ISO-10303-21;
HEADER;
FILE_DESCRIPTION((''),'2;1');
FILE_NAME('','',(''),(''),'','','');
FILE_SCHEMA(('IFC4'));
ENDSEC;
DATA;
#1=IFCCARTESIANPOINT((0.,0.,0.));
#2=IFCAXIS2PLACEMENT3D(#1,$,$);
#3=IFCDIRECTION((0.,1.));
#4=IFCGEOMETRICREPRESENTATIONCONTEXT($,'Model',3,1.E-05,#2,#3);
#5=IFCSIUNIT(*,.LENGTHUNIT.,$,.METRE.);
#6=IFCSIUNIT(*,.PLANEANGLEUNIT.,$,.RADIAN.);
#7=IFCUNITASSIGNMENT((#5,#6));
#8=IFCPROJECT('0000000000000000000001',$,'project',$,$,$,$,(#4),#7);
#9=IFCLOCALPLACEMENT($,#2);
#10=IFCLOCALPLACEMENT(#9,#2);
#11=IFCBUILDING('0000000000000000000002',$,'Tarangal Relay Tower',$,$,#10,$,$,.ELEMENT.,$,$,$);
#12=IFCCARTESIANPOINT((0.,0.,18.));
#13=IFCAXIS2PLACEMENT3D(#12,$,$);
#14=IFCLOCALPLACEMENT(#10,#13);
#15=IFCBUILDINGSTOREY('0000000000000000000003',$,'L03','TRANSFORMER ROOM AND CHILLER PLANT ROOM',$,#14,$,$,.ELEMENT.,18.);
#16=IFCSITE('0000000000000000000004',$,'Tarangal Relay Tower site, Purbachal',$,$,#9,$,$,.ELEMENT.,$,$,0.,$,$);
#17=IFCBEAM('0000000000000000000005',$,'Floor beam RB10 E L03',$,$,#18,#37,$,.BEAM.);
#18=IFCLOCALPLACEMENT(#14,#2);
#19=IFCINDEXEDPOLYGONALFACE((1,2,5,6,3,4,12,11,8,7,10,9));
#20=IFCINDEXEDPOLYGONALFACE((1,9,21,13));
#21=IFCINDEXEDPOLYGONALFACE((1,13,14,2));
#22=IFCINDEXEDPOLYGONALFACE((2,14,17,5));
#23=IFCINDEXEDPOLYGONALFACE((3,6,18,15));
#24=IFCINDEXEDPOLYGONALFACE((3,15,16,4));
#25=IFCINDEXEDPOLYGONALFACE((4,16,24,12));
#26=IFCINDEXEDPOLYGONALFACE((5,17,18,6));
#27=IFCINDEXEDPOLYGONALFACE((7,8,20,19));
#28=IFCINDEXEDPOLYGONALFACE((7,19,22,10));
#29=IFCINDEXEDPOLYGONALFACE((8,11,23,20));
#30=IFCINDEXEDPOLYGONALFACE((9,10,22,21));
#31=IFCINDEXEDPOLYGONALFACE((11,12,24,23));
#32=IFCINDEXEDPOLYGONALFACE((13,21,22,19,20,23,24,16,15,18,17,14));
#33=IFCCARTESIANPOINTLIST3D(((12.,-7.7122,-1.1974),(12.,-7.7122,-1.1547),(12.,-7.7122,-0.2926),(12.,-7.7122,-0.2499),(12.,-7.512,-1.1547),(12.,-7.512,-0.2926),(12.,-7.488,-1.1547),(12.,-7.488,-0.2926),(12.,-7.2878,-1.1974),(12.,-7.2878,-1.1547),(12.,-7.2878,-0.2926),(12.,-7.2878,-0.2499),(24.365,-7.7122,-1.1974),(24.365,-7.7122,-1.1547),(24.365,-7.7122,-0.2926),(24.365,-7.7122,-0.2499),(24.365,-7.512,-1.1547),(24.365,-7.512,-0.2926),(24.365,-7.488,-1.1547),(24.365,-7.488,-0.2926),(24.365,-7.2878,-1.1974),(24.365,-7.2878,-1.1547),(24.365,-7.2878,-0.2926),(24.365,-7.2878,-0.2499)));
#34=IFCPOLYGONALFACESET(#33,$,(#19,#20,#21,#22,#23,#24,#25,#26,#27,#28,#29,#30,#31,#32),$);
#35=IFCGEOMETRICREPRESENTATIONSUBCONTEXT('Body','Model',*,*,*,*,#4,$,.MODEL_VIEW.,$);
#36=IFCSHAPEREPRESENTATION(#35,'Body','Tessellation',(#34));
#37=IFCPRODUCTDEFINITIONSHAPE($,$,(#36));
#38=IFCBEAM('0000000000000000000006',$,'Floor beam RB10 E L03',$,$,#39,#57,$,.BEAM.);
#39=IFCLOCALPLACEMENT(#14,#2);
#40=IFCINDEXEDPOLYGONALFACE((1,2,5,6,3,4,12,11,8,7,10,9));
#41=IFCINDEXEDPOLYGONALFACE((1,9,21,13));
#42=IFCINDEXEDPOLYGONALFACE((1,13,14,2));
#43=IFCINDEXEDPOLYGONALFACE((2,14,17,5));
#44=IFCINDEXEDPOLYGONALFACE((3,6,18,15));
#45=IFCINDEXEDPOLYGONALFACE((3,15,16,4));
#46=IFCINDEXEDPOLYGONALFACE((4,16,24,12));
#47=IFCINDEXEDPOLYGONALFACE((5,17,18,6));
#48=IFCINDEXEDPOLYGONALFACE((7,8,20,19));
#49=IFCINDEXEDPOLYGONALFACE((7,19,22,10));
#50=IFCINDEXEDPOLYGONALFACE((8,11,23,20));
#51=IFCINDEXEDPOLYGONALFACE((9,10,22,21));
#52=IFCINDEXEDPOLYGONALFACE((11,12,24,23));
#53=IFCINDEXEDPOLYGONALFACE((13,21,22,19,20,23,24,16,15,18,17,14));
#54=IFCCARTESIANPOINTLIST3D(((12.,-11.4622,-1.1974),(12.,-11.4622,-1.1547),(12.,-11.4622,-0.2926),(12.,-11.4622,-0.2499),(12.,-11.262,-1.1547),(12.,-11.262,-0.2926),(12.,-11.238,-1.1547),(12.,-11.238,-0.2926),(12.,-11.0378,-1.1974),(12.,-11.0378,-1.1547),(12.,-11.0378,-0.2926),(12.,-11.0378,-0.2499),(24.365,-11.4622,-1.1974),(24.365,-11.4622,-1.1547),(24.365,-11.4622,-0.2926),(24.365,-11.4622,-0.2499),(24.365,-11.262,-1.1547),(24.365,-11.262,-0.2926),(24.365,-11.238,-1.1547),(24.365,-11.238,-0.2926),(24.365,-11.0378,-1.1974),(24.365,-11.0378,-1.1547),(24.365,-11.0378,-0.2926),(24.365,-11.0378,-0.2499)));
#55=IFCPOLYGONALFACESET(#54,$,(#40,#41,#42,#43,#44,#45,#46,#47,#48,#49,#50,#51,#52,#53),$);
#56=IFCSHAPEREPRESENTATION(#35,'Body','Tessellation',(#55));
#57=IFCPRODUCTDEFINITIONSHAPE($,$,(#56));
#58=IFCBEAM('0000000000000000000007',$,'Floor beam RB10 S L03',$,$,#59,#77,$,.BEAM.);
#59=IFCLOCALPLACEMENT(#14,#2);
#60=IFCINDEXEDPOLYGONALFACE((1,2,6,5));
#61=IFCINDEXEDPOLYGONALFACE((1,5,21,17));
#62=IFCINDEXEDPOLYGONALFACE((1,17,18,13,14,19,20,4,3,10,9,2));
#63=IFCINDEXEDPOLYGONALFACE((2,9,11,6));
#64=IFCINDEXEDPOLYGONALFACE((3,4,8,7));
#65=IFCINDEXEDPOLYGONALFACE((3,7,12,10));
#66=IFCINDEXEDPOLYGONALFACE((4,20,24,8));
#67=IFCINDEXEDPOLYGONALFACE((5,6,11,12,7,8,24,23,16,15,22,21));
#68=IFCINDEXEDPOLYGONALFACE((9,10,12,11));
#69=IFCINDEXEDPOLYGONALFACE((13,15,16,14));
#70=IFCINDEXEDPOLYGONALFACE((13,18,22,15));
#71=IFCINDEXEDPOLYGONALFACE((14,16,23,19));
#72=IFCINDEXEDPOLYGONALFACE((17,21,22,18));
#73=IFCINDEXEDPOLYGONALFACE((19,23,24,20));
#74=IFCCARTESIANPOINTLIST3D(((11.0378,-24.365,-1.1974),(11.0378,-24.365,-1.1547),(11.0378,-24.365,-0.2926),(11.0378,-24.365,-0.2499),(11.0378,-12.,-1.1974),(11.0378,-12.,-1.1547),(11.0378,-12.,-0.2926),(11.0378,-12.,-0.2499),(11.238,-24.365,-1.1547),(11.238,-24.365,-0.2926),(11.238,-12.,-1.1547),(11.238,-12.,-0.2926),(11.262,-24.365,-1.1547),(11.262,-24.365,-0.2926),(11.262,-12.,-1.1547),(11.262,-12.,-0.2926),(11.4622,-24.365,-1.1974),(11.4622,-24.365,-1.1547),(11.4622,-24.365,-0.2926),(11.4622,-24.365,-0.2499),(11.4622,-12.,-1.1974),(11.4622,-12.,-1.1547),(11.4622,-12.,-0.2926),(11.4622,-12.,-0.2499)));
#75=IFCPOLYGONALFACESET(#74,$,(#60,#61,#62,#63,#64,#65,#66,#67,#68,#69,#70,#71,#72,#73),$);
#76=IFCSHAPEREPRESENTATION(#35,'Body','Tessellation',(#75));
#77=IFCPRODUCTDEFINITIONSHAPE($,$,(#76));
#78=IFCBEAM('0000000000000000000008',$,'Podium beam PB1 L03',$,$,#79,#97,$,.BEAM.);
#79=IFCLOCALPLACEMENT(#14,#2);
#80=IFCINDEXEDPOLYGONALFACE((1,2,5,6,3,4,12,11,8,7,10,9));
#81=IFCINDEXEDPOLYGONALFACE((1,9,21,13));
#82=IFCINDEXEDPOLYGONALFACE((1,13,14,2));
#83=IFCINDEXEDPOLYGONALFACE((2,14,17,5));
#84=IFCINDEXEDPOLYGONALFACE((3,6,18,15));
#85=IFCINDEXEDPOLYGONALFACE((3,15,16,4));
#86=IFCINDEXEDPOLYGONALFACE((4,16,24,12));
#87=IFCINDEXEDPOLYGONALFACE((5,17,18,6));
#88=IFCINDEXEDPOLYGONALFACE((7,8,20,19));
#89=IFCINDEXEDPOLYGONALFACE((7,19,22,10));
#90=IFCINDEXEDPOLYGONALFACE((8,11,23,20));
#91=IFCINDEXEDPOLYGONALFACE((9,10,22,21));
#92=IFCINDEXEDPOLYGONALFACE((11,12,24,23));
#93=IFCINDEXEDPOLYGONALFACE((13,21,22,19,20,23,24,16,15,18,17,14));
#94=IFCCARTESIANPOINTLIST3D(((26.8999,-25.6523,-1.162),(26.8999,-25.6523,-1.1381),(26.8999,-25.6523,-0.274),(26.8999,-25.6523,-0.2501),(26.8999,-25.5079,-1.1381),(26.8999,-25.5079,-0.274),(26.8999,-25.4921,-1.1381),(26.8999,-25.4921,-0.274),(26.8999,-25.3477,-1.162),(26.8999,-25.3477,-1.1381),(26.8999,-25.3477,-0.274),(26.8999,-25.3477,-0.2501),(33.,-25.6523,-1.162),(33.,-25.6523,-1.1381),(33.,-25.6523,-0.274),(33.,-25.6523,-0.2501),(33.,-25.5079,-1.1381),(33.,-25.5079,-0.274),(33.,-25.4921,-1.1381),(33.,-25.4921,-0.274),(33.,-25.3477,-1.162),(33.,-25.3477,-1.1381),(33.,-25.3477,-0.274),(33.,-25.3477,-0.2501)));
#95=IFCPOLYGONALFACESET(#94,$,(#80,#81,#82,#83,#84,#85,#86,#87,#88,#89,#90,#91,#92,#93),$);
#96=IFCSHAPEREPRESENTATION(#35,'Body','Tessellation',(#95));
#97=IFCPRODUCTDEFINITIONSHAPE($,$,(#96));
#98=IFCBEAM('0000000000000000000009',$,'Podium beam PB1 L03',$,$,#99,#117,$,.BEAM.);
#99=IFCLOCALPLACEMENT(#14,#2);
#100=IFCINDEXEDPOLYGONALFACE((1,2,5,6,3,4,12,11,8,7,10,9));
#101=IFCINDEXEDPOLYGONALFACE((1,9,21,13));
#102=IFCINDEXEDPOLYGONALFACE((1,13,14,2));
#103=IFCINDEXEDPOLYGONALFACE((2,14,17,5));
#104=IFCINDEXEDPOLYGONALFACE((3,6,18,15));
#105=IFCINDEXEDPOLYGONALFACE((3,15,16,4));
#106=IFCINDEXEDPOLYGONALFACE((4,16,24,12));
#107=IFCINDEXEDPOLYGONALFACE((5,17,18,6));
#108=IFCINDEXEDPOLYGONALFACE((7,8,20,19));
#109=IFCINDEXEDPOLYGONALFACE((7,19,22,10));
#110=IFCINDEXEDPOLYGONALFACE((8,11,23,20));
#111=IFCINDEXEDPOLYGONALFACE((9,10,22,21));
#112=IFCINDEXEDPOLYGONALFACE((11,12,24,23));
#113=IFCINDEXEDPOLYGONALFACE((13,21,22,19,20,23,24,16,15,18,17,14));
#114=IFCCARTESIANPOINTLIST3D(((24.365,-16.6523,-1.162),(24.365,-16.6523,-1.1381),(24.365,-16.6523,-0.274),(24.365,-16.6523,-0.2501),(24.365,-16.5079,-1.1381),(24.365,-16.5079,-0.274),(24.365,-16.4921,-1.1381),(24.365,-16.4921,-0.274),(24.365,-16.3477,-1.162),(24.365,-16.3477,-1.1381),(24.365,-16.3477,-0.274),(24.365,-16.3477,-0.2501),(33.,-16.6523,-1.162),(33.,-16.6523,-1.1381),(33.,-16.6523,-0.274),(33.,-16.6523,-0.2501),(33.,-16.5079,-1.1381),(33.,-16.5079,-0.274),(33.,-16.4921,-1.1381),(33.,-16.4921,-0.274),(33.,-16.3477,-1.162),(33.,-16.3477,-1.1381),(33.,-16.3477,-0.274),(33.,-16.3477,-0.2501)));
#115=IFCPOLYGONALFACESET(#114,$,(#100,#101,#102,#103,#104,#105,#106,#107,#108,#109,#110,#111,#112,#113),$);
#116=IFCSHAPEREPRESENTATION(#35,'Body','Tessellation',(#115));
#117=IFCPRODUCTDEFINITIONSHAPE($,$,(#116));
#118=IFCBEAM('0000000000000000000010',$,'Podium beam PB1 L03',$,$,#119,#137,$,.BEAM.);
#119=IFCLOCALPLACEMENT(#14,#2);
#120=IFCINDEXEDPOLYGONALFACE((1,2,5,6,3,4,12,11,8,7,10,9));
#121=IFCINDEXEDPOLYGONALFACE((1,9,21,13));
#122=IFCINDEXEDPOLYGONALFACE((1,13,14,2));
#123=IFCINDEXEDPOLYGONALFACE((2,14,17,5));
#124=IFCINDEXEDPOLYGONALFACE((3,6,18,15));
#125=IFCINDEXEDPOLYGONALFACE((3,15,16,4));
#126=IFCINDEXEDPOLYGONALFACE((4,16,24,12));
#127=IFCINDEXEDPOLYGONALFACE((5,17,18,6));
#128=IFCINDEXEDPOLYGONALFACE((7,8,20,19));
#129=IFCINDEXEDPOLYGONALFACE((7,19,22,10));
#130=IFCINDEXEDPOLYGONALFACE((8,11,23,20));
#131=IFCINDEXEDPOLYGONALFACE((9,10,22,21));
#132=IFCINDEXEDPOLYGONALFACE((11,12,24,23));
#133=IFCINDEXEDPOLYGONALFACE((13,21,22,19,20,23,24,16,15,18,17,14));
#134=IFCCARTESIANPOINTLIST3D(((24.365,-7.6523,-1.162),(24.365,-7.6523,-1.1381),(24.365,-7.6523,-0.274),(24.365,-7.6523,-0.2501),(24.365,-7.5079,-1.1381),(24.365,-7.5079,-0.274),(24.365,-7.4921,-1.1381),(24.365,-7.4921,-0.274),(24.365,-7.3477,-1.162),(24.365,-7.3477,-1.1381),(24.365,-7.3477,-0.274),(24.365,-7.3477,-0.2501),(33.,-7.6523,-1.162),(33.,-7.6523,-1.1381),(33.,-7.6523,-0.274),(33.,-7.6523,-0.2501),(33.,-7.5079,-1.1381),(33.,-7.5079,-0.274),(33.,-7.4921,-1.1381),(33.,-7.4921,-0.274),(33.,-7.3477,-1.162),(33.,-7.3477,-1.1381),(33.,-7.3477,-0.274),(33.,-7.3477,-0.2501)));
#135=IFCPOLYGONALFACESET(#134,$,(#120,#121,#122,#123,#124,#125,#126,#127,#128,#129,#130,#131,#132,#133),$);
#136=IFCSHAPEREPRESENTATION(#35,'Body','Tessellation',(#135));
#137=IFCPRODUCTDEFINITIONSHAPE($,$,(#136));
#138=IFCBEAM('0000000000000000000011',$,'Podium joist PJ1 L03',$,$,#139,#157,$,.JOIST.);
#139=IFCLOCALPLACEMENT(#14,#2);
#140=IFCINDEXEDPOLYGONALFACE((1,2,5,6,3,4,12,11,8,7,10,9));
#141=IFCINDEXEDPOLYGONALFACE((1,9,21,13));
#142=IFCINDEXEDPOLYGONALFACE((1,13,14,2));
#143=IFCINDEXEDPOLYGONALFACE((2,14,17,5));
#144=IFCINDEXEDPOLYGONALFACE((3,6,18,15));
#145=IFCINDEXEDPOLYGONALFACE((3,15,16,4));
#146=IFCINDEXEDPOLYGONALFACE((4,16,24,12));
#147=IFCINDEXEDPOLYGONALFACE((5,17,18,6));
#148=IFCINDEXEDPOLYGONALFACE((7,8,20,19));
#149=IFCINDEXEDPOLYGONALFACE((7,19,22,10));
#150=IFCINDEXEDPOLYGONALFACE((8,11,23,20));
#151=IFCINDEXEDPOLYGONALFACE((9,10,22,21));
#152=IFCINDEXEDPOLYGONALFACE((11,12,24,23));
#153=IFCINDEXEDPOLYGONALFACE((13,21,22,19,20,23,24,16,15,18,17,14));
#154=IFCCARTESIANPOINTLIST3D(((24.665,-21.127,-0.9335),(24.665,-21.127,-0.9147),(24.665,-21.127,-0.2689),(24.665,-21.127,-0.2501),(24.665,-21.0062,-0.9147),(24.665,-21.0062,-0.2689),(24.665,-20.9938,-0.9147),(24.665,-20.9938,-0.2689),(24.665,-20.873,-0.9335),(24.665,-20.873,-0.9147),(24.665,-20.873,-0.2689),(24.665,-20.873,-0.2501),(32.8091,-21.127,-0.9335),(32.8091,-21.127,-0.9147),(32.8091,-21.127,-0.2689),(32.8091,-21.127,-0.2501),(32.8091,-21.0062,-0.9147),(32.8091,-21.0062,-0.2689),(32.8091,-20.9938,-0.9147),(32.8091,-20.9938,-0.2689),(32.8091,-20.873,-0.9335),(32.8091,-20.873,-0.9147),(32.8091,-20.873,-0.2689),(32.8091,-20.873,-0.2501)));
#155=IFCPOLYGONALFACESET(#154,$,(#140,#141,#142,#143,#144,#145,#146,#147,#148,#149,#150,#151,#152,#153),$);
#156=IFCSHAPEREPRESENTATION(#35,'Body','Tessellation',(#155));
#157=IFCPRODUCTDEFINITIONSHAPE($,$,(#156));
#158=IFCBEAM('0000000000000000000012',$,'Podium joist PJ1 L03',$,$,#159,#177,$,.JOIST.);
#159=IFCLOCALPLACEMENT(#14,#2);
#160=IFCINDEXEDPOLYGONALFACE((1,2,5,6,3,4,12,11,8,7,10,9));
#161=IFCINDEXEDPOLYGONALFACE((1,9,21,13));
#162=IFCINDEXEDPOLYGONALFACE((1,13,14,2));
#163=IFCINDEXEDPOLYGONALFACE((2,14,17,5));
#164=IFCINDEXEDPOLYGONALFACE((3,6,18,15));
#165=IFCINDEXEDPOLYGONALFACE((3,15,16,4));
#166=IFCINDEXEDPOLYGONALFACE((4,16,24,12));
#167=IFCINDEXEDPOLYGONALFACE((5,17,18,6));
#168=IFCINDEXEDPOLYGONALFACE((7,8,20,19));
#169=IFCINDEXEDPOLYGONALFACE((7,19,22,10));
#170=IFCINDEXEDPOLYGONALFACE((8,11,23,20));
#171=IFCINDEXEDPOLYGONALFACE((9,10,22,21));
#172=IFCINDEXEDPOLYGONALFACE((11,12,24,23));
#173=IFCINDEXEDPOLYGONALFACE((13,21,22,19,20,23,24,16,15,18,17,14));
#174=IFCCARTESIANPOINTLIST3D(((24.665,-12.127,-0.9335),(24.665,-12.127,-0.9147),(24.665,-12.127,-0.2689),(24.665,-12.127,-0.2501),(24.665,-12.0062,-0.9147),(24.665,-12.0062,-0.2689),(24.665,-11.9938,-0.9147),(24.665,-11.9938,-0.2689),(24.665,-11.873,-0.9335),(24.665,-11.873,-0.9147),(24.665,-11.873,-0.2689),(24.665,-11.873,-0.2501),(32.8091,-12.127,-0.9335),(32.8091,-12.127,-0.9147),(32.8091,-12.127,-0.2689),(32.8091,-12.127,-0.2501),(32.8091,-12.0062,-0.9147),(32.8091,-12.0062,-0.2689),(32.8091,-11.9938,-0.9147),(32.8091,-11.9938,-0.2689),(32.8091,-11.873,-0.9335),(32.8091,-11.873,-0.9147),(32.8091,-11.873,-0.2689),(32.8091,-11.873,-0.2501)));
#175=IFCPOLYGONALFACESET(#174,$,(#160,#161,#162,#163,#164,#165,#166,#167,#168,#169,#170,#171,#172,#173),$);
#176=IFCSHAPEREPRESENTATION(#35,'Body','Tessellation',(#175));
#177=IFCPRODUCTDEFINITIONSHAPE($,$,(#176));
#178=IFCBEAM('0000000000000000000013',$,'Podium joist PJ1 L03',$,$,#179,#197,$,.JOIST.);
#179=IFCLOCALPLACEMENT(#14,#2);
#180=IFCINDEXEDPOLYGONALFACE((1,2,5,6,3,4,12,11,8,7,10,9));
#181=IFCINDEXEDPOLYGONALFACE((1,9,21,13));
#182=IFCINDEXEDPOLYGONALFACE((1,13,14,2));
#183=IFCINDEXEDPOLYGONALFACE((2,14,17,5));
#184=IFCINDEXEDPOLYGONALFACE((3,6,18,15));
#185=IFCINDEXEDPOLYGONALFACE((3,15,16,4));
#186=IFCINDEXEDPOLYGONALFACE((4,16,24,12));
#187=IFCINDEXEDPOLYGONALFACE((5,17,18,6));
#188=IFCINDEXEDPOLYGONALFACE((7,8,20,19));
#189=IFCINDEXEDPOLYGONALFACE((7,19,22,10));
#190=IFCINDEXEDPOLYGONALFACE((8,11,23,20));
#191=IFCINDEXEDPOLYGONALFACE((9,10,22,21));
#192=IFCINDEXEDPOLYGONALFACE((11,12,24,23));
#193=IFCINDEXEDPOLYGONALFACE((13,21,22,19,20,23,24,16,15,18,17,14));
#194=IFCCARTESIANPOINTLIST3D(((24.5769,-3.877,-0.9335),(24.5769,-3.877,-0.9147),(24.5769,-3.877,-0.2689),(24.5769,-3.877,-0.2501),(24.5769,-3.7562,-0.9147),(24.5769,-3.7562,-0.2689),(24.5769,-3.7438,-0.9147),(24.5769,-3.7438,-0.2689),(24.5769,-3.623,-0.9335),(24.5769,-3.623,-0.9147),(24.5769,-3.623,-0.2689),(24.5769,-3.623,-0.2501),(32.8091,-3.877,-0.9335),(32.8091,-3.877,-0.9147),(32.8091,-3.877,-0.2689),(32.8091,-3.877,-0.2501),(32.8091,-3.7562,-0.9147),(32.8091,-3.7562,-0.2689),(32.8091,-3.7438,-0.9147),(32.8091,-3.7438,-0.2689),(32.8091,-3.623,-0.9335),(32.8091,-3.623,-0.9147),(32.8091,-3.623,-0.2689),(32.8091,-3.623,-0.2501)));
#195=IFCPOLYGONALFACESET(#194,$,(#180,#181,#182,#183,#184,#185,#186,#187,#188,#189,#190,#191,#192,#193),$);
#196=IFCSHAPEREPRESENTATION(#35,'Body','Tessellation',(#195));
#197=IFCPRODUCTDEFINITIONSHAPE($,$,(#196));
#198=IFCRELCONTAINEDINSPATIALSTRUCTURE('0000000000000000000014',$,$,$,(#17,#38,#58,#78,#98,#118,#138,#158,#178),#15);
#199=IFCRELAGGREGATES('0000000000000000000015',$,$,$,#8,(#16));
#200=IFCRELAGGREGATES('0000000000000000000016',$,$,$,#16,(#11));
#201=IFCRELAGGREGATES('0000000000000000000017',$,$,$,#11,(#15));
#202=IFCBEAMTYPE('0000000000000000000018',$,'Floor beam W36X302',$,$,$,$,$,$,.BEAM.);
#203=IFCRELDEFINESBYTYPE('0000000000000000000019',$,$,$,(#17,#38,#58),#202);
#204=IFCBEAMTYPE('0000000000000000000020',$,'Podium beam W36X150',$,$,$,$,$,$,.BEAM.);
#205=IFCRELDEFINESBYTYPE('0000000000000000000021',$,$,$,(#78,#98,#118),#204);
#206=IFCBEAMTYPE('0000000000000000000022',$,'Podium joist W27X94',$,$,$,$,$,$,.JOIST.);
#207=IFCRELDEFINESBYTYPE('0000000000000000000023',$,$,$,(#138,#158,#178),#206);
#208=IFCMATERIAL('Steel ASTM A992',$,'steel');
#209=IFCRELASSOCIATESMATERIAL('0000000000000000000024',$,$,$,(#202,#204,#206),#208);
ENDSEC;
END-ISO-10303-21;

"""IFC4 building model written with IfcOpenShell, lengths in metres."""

from ifc_helpers import new_model, si_unit, direction, frame, origin, origin_2d, place, context, subcontext, project, spatial, i_section, extrude, material, material_profile, profile_set, type_object, element, save


model = new_model("IFC4")

# Units and contexts
model_context = context("Model", 3, precision=1e-05, world=origin(), true_north=direction((0.0, 1.0)))
body_context = subcontext(model_context, "Body", "Model", "MODEL_VIEW")
ifc_project = project(units=[si_unit("LENGTHUNIT", "METRE"), si_unit("PLANEANGLEUNIT", "RADIAN")], contexts=[model_context])

# Site, building, storey
site_placement = place(None, origin())
site = spatial("IfcSite", under=ifc_project, at=site_placement, Name="Tarangal Relay Tower site, Purbachal", CompositionType="ELEMENT", RefElevation=0.0)
building_placement = place(site_placement, origin())
building = spatial("IfcBuilding", under=site, at=building_placement, Name="Tarangal Relay Tower", CompositionType="ELEMENT")
storey_placement = place(building_placement, frame((0.0, 0.0, 18.0)))
storey = spatial("IfcBuildingStorey", under=building, at=storey_placement, Name="L03", Description="TRANSFORMER ROOM AND CHILLER PLANT ROOM", CompositionType="ELEMENT", Elevation=18.0)

# Beams
ifc_material_1 = material(Name="Steel ASTM A992", Category="steel")
ifc_material_profile_1 = material_profile(ifc_material_1, i_section(OverallWidth=0.4243, OverallDepth=0.9475, WebThickness=0.0239, FlangeThickness=0.0427, at=origin_2d()), Name="W36X302")
ifc_profile_set_1 = profile_set([ifc_material_profile_1], Name="Steel ASTM A992")
beam_type_1 = type_object("IfcBeamType", Name="Floor beam W36X302", PredefinedType="BEAM", material=ifc_profile_set_1)
for number, where, z_axis, x_axis, name in (
    (1, (12.0, -7.5, -0.7236), (1.0, 0.0, 0.0), (0.0, 1.0, 0.0), "Floor beam RB10 E L03"),
    (2, (12.0, -11.25, -0.7236), (1.0, 0.0, 0.0), (0.0, 1.0, 0.0), "Floor beam RB10 E L03"),
    (3, (11.25, -12.0, -0.7236), (0.0, -1.0, 0.0), (1.0, 0.0, 0.0), "Floor beam RB10 S L03"),
):
    element("IfcBeam", number, at=place(storey_placement, frame(where, z_axis=z_axis, x_axis=x_axis)), inside=storey, type_object=beam_type_1, Name=name, PredefinedType="BEAM", context=body_context, shape_type="SweptSolid", body=[
        extrude(i_section(OverallWidth=0.4243, OverallDepth=0.9475, WebThickness=0.0239, FlangeThickness=0.0427, at=origin_2d()), origin(), (0.0, 0.0, 1.0), 12.365),
    ])
ifc_material_profile_2 = material_profile(ifc_material_1, i_section(OverallWidth=0.3047, OverallDepth=0.9119, WebThickness=0.0159, FlangeThickness=0.0239, at=origin_2d()), Name="W36X150")
ifc_profile_set_2 = profile_set([ifc_material_profile_2], Name="Steel ASTM A992")
beam_type_2 = type_object("IfcBeamType", Name="Podium beam W36X150", PredefinedType="BEAM", material=ifc_profile_set_2)
beam_1_placement = place(storey_placement, frame((26.8999, -25.5, -0.7061), z_axis=(1.0, 0.0, 0.0), x_axis=(0.0, 1.0, 0.0)))
element("IfcBeam", 4, at=beam_1_placement, inside=storey, type_object=beam_type_2, Name="Podium beam PB1 L03", PredefinedType="BEAM", context=body_context, shape_type="SweptSolid", body=[
    extrude(i_section(OverallWidth=0.3047, OverallDepth=0.9119, WebThickness=0.0159, FlangeThickness=0.0239, at=origin_2d()), origin(), (0.0, 0.0, 1.0), 6.1001),
])
for number, where, z_axis, x_axis, name in (
    (5, (24.365, -16.5, -0.7061), (1.0, 0.0, 0.0), (0.0, 1.0, 0.0), "Podium beam PB1 L03"),
    (6, (24.365, -7.5, -0.7061), (1.0, 0.0, 0.0), (0.0, 1.0, 0.0), "Podium beam PB1 L03"),
):
    element("IfcBeam", number, at=place(storey_placement, frame(where, z_axis=z_axis, x_axis=x_axis)), inside=storey, type_object=beam_type_2, Name=name, PredefinedType="BEAM", context=body_context, shape_type="SweptSolid", body=[
        extrude(i_section(OverallWidth=0.3047, OverallDepth=0.9119, WebThickness=0.0159, FlangeThickness=0.0239, at=origin_2d()), origin(), (0.0, 0.0, 1.0), 8.635),
    ])
ifc_material_profile_3 = material_profile(ifc_material_1, i_section(OverallWidth=0.2539, OverallDepth=0.6833, WebThickness=0.0125, FlangeThickness=0.0188, at=origin_2d()), Name="W27X94")
ifc_profile_set_3 = profile_set([ifc_material_profile_3], Name="Steel ASTM A992")
beam_type_3 = type_object("IfcBeamType", Name="Podium joist W27X94", PredefinedType="JOIST", material=ifc_profile_set_3)
for number, where, z_axis, x_axis, name in (
    (7, (24.665, -21.0, -0.5918), (1.0, 0.0, 0.0), (0.0, 1.0, 0.0), "Podium joist PJ1 L03"),
    (8, (24.665, -12.0, -0.5918), (1.0, 0.0, 0.0), (0.0, 1.0, 0.0), "Podium joist PJ1 L03"),
):
    element("IfcBeam", number, at=place(storey_placement, frame(where, z_axis=z_axis, x_axis=x_axis)), inside=storey, type_object=beam_type_3, Name=name, PredefinedType="JOIST", context=body_context, shape_type="SweptSolid", body=[
        extrude(i_section(OverallWidth=0.2539, OverallDepth=0.6833, WebThickness=0.0125, FlangeThickness=0.0188, at=origin_2d()), origin(), (0.0, 0.0, 1.0), 8.144),
    ])
beam_2_placement = place(storey_placement, frame((24.5769, -3.75, -0.5918), z_axis=(1.0, 0.0, 0.0), x_axis=(0.0, 1.0, 0.0)))
element("IfcBeam", 9, at=beam_2_placement, inside=storey, type_object=beam_type_3, Name="Podium joist PJ1 L03", PredefinedType="JOIST", context=body_context, shape_type="SweptSolid", body=[
    extrude(i_section(OverallWidth=0.2539, OverallDepth=0.6833, WebThickness=0.0125, FlangeThickness=0.0188, at=origin_2d()), origin(), (0.0, 0.0, 1.0), 8.2322),
])

save(model, "model.ifc")
